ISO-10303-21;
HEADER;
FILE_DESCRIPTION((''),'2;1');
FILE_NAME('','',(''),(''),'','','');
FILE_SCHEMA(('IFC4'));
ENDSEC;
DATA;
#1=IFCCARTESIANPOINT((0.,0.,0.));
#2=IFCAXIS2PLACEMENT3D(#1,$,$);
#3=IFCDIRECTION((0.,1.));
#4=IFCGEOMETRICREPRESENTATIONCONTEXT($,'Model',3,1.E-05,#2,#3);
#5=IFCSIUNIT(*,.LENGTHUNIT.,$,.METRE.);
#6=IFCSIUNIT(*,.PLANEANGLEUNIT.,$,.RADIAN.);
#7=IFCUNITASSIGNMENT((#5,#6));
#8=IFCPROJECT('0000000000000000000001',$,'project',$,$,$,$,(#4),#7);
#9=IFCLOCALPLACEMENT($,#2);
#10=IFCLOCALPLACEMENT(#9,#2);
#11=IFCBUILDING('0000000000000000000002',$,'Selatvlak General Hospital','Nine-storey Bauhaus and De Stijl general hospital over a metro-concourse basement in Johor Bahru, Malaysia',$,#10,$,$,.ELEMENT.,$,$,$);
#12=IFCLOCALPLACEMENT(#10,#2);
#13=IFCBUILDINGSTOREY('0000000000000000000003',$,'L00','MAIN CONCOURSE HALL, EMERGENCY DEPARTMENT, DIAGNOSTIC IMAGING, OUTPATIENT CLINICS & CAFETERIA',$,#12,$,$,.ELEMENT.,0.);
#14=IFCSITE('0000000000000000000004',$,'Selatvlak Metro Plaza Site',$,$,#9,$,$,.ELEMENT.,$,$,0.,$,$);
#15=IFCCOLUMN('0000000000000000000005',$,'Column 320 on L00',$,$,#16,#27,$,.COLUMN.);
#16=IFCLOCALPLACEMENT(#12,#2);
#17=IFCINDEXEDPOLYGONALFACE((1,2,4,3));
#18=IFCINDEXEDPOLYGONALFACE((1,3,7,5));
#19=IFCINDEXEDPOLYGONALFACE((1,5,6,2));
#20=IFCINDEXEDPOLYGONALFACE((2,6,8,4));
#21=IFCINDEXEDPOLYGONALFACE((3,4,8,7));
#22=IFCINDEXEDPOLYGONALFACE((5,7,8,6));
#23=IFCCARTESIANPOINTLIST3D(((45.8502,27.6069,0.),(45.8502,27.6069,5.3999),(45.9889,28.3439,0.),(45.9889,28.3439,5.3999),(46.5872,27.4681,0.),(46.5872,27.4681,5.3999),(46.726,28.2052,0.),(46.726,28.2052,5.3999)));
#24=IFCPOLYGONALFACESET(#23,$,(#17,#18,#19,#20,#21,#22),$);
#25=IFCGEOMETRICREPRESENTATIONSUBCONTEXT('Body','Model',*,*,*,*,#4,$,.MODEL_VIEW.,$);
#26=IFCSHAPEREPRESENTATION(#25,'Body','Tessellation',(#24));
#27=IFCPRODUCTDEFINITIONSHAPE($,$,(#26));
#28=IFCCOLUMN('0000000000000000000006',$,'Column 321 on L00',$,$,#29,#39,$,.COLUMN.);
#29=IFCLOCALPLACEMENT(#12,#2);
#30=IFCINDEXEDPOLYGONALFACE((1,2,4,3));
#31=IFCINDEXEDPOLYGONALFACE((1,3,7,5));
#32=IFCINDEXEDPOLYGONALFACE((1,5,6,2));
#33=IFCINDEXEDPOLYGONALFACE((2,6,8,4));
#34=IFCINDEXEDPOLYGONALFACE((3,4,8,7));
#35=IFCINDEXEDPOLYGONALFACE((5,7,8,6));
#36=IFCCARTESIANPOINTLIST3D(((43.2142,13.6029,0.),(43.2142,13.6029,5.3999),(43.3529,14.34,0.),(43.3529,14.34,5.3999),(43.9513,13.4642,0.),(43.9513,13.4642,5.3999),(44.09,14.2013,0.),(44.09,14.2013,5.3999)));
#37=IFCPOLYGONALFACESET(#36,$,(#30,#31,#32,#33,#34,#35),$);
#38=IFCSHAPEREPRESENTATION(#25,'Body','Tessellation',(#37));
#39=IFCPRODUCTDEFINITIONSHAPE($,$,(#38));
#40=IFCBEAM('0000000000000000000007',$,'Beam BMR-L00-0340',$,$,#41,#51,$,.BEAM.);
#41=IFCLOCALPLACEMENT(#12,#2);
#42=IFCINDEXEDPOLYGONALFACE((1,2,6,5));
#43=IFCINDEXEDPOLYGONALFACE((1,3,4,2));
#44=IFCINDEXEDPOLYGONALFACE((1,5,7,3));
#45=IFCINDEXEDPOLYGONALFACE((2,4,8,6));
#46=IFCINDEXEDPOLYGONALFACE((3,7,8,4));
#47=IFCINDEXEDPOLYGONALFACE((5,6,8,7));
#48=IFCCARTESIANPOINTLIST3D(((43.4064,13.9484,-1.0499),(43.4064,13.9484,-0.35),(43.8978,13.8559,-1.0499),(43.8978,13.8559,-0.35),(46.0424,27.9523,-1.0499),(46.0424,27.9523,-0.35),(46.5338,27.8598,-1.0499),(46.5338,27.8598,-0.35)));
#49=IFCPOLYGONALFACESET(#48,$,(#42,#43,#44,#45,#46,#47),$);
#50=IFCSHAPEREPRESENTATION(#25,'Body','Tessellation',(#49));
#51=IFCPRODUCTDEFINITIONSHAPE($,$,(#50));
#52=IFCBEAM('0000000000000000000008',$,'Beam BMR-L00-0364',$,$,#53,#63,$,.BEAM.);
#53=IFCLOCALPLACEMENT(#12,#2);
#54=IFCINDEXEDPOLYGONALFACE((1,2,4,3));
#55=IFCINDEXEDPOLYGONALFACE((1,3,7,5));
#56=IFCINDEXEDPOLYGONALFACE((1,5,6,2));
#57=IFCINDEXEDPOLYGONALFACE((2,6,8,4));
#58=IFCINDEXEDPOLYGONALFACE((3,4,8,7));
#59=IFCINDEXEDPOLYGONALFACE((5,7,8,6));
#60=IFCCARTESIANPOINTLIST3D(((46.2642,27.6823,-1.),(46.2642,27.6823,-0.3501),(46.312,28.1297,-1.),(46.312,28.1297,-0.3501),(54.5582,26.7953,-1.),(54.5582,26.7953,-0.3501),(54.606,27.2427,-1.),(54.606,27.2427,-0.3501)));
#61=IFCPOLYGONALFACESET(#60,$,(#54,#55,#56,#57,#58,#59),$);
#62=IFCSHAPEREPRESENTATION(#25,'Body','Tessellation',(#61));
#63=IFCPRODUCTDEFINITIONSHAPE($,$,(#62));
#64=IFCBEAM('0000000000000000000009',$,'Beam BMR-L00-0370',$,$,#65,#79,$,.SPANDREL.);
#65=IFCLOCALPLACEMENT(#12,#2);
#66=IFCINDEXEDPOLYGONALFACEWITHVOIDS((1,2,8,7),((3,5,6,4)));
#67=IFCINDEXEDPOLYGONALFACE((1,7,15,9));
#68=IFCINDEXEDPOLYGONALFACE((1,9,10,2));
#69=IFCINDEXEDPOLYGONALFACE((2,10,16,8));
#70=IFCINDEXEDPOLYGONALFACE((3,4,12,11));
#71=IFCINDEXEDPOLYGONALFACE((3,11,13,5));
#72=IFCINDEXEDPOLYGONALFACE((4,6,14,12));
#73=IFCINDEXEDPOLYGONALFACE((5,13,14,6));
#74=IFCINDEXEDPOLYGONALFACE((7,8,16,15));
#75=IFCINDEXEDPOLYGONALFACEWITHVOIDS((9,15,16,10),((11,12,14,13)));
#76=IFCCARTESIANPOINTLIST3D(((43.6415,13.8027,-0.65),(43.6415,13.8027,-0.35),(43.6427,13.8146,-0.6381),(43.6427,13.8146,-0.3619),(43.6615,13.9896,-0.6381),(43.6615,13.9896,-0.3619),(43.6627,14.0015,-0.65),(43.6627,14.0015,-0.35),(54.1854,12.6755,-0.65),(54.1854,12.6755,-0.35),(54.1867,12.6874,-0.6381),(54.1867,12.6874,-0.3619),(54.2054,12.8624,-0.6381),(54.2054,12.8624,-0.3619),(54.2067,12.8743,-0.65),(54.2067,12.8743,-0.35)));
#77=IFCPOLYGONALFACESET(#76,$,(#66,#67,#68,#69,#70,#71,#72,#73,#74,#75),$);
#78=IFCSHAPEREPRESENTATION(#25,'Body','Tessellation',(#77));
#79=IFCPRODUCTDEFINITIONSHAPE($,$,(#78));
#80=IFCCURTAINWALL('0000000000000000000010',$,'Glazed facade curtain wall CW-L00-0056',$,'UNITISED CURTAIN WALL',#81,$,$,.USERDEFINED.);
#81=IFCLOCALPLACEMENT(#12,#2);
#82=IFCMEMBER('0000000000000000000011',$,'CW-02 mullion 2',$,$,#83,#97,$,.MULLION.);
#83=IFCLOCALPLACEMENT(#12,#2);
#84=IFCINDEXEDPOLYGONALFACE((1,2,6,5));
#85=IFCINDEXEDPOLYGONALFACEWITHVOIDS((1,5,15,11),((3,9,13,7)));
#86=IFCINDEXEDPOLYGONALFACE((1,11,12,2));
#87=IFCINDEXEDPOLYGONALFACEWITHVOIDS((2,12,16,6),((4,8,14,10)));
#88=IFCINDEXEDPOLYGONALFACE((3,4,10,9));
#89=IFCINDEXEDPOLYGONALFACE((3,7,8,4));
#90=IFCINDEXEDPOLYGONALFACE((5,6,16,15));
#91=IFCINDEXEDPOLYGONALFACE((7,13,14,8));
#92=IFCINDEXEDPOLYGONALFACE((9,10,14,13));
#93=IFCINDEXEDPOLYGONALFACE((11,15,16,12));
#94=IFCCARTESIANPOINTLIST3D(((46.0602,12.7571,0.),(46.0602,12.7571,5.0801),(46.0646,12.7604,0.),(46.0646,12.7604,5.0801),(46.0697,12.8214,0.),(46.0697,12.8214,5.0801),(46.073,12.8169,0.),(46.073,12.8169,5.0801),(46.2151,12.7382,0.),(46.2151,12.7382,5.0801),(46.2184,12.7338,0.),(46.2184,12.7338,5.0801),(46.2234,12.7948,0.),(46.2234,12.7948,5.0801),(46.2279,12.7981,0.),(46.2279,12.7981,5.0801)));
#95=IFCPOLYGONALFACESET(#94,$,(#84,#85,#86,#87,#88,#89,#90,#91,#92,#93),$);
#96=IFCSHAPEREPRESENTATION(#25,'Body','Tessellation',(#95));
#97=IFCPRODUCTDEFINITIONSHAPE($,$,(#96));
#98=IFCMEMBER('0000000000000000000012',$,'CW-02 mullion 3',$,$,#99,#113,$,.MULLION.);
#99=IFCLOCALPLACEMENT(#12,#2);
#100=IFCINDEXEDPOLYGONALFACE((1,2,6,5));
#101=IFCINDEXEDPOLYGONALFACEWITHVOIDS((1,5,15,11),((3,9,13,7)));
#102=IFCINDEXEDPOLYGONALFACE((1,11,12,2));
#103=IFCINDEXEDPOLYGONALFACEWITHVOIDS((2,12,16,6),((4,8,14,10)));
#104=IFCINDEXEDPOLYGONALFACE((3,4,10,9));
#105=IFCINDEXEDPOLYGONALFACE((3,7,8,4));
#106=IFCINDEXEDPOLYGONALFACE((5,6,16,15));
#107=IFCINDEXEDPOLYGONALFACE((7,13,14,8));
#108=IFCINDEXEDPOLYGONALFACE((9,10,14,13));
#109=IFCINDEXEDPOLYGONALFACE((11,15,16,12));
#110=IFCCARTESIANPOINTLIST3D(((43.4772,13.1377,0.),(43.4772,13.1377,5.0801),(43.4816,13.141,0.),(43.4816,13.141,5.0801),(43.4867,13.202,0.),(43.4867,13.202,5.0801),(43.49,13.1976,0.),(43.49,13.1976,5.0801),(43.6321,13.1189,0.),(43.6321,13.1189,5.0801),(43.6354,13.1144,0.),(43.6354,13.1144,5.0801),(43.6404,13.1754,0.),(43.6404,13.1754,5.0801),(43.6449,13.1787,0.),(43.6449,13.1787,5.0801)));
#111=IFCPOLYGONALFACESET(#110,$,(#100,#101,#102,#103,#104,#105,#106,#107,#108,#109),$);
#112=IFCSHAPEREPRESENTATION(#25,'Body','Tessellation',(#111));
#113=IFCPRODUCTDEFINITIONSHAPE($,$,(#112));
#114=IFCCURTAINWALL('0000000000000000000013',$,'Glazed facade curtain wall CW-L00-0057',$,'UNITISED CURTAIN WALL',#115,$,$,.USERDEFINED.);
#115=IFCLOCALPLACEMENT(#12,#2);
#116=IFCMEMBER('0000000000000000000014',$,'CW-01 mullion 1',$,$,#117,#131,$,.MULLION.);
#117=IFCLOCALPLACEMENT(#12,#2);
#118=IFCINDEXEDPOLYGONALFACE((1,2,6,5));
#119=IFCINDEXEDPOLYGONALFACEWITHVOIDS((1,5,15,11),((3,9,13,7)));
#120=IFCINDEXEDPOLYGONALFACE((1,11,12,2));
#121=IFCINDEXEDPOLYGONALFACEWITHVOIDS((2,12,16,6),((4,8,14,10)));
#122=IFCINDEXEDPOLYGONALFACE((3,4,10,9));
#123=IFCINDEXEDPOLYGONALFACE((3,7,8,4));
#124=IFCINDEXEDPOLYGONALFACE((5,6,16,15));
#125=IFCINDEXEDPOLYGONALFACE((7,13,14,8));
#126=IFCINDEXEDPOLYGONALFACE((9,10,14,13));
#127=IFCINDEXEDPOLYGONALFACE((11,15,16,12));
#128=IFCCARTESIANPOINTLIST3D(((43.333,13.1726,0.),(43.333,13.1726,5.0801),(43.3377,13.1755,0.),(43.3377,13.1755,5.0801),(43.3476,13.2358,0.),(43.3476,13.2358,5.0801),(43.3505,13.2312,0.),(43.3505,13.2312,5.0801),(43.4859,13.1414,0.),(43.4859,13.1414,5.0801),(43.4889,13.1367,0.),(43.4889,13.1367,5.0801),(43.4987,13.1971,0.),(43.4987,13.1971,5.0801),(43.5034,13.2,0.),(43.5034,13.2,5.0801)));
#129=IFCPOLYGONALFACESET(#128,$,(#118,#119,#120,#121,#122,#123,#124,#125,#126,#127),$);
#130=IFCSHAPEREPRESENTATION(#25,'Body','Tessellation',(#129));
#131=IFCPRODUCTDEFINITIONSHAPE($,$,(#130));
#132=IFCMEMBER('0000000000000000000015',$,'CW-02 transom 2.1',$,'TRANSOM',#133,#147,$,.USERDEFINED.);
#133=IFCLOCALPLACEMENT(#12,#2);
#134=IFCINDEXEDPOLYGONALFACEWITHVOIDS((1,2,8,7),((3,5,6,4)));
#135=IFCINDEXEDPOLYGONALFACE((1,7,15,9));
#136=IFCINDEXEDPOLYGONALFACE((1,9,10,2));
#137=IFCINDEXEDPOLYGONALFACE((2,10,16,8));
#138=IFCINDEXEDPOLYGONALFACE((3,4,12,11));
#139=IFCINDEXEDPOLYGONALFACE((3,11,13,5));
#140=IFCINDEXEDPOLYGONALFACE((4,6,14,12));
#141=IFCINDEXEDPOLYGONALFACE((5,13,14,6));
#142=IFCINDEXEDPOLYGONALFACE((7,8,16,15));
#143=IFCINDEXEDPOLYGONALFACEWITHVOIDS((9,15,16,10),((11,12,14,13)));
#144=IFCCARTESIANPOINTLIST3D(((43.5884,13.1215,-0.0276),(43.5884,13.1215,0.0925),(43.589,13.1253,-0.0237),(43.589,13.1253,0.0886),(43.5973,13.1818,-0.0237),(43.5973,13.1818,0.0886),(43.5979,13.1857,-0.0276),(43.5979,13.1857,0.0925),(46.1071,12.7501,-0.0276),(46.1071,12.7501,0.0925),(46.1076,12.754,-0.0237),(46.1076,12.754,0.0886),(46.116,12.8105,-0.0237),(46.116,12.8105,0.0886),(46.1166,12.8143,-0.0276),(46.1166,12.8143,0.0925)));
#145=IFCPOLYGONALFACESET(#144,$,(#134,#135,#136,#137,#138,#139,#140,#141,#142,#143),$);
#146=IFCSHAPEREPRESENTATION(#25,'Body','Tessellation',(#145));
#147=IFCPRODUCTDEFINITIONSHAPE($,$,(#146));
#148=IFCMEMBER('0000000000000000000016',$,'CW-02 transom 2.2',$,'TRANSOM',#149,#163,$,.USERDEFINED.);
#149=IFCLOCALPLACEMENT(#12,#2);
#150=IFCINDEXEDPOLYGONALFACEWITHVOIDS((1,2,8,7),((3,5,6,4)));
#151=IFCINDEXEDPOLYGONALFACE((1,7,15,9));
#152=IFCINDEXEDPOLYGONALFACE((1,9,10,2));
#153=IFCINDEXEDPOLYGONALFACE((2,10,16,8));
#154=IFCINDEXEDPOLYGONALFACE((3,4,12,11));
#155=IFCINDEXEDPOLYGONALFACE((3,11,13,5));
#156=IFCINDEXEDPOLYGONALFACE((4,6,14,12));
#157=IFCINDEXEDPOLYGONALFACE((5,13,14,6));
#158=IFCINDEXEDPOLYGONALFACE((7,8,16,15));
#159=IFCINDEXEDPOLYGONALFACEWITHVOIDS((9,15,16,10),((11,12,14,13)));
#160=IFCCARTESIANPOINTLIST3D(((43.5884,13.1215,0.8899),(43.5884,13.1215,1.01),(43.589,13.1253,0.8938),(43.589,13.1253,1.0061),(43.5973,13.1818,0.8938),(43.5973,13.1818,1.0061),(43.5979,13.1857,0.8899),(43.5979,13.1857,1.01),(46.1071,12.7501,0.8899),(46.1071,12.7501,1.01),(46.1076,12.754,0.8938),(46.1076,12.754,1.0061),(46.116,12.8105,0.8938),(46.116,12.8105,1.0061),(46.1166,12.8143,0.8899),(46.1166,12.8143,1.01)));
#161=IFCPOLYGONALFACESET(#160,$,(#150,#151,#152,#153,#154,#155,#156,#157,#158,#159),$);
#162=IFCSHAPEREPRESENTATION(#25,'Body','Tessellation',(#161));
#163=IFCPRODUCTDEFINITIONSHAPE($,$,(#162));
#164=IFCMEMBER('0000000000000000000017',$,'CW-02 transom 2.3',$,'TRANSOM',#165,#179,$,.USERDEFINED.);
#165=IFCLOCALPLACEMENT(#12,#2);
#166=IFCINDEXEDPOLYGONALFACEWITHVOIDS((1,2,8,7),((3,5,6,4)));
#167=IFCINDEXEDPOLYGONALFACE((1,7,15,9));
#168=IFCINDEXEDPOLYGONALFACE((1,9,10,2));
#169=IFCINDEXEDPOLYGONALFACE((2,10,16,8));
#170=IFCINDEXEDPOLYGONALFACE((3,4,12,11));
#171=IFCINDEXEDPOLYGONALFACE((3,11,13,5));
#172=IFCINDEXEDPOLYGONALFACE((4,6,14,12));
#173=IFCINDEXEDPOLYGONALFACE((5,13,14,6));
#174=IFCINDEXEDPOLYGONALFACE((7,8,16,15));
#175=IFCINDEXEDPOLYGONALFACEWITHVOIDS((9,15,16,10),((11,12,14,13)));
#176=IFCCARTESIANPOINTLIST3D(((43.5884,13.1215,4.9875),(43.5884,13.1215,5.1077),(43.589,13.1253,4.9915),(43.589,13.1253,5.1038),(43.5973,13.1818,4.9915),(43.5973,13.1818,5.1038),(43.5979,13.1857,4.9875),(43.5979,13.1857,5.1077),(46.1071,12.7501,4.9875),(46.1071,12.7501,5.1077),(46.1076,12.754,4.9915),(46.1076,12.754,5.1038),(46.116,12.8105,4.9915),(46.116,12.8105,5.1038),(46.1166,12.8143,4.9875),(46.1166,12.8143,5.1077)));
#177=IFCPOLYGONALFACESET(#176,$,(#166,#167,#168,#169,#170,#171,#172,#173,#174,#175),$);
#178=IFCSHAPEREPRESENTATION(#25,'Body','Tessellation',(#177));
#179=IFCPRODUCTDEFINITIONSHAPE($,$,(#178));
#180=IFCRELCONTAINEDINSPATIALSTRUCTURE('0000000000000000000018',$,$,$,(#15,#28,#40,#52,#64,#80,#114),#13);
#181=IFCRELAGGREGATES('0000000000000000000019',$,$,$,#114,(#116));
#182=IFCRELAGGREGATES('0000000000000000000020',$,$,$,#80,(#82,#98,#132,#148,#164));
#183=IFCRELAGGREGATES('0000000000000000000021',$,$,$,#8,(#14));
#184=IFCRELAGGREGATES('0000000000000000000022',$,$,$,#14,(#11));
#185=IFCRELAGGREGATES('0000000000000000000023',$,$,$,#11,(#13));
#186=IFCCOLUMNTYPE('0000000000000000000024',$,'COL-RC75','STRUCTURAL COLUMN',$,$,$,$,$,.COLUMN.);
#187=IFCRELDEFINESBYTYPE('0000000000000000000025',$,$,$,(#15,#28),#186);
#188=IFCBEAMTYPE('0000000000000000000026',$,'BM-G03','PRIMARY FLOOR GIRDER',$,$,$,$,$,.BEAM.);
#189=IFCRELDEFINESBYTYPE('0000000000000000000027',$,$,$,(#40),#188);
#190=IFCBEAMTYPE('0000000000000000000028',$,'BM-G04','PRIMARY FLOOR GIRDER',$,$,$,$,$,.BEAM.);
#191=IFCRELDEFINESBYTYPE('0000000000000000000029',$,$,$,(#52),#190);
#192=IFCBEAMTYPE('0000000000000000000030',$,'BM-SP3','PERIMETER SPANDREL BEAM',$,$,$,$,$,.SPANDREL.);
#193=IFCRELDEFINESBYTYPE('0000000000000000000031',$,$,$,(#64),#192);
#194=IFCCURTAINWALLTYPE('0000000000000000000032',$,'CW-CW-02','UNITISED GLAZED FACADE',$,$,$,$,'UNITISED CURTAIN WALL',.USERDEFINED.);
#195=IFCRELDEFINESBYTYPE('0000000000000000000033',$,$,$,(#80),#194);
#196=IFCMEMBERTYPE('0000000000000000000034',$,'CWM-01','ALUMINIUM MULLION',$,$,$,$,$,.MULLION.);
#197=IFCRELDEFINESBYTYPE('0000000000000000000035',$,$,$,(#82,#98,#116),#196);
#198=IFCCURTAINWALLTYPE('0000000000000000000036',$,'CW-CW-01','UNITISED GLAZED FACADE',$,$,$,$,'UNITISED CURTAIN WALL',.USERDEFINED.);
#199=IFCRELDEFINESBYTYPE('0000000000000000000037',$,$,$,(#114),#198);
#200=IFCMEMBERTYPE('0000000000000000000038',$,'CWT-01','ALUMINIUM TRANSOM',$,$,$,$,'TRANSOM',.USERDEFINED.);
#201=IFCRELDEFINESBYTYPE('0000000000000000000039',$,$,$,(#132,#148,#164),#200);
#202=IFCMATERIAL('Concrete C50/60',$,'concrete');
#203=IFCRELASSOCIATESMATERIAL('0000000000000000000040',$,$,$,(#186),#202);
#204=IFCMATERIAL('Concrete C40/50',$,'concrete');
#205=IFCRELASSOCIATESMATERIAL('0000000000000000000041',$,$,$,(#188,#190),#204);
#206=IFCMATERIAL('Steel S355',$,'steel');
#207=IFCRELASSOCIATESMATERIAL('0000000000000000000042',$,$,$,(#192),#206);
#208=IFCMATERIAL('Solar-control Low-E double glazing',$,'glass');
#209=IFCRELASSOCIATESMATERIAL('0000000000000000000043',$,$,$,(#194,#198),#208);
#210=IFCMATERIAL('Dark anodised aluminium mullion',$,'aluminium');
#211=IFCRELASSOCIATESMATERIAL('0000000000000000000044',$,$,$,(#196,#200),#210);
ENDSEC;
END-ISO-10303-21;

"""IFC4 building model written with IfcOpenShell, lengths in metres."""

from ifc_helpers import new_model, si_unit, direction, frame, origin, origin_2d, place, context, subcontext, project, spatial, rectangle, hollow_rectangle, extrude, material, material_profile, profile_set, type_object, element, aggregate, save


model = new_model("IFC4")

# Units and contexts
model_context = context("Model", 3, precision=1e-05, world=origin(), true_north=direction((0.0, 1.0)))
body_context = subcontext(model_context, "Body", "Model", "MODEL_VIEW")
ifc_project = project(units=[si_unit("LENGTHUNIT", "METRE"), si_unit("PLANEANGLEUNIT", "RADIAN")], contexts=[model_context])

# Site, building, storey
site_placement = place(None, origin())
site = spatial("IfcSite", under=ifc_project, at=site_placement, Name="Selatvlak Metro Plaza Site", CompositionType="ELEMENT", RefElevation=0.0)
building_placement = place(site_placement, origin())
building = spatial("IfcBuilding", under=site, at=building_placement, Name="Selatvlak General Hospital", Description="Nine-storey Bauhaus and De Stijl general hospital over a metro-concourse basement in Johor Bahru, Malaysia", CompositionType="ELEMENT")
storey_placement = place(building_placement, origin())
storey = spatial("IfcBuildingStorey", under=building, at=storey_placement, Name="L00", Description="MAIN CONCOURSE HALL, EMERGENCY DEPARTMENT, DIAGNOSTIC IMAGING, OUTPATIENT CLINICS & CAFETERIA", CompositionType="ELEMENT", Elevation=0.0)

# Columns
ifc_material_1 = material(Name="Concrete C50/60", Category="concrete")
ifc_material_profile_1 = material_profile(ifc_material_1, rectangle(XDim=0.75, YDim=0.75, at=origin_2d()), Name="RC-COL 750x750")
ifc_profile_set_1 = profile_set([ifc_material_profile_1], Name="Concrete C50/60")
column_type = type_object("IfcColumnType", Name="COL-RC75", Description="STRUCTURAL COLUMN", PredefinedType="COLUMN", material=ifc_profile_set_1)
for number, where, z_axis, x_axis, name in (
    (1, (46.2881, 27.906, 0.0), (0.0, 0.0, 1.0), (0.184998, 0.982739, 0.0), "Column 320 on L00"),
    (2, (43.6521, 13.9021, 0.0), (0.0, 0.0, 1.0), (0.184998, 0.982739, 0.0), "Column 321 on L00"),
):
    element("IfcColumn", number, at=place(storey_placement, frame(where, z_axis=z_axis, x_axis=x_axis)), inside=storey, type_object=column_type, Name=name, PredefinedType="COLUMN", context=body_context, shape_type="SweptSolid", body=[
        extrude(rectangle(XDim=0.75, YDim=0.75, at=origin_2d()), origin(), (0.0, 0.0, 1.0), 5.3999),
    ])

# Beams
ifc_material_2 = material(Name="Concrete C40/50", Category="concrete")
ifc_material_profile_2 = material_profile(ifc_material_2, rectangle(XDim=0.5, YDim=0.7, at=origin_2d()), Name="RC-BM 500x700")
ifc_profile_set_2 = profile_set([ifc_material_profile_2], Name="Concrete C40/50")
beam_type_1 = type_object("IfcBeamType", Name="BM-G03", Description="PRIMARY FLOOR GIRDER", PredefinedType="BEAM", material=ifc_profile_set_2)
beam_1_placement = place(storey_placement, frame((46.2881, 27.906, -0.7), z_axis=(-0.184984, -0.982742, 0.0), x_axis=(0.982742, -0.184984, 0.0)))
element("IfcBeam", 3, at=beam_1_placement, inside=storey, type_object=beam_type_1, Name="Beam BMR-L00-0340", PredefinedType="BEAM", context=body_context, shape_type="SweptSolid", body=[
    extrude(rectangle(XDim=0.5, YDim=0.7, at=origin_2d()), origin(), (0.0, 0.0, 1.0), 14.2498),
])
ifc_material_profile_3 = material_profile(ifc_material_2, rectangle(XDim=0.45, YDim=0.6499, at=origin_2d()), Name="RC-BM 450x650")
ifc_profile_set_3 = profile_set([ifc_material_profile_3], Name="Concrete C40/50")
beam_type_2 = type_object("IfcBeamType", Name="BM-G04", Description="PRIMARY FLOOR GIRDER", PredefinedType="BEAM", material=ifc_profile_set_3)
beam_2_placement = place(storey_placement, frame((46.2881, 27.906, -0.675), z_axis=(0.99433, -0.106335, 0.0), x_axis=(0.106335, 0.99433, 0.0)))
element("IfcBeam", 4, at=beam_2_placement, inside=storey, type_object=beam_type_2, Name="Beam BMR-L00-0364", PredefinedType="BEAM", context=body_context, shape_type="SweptSolid", body=[
    extrude(rectangle(XDim=0.45, YDim=0.6499, at=origin_2d()), origin(), (0.0, 0.0, 1.0), 8.3413),
])
ifc_material_3 = material(Name="Steel S355", Category="steel")
ifc_material_profile_4 = material_profile(ifc_material_3, hollow_rectangle(XDim=0.2, YDim=0.3, WallThickness=0.012, at=origin_2d()), Name="RHS 300x200x12")
ifc_profile_set_4 = profile_set([ifc_material_profile_4], Name="Steel S355")
beam_type_3 = type_object("IfcBeamType", Name="BM-SP3", Description="PERIMETER SPANDREL BEAM", PredefinedType="SPANDREL", material=ifc_profile_set_4)
beam_3_placement = place(storey_placement, frame((43.6521, 13.9021, -0.5), z_axis=(0.994334, -0.106299, 0.0), x_axis=(0.106299, 0.994334, 0.0)))
element("IfcBeam", 5, at=beam_3_placement, inside=storey, type_object=beam_type_3, Name="Beam BMR-L00-0370", PredefinedType="SPANDREL", context=body_context, shape_type="SweptSolid", body=[
    extrude(hollow_rectangle(XDim=0.2, YDim=0.3, WallThickness=0.012, at=origin_2d()), origin(), (0.0, 0.0, 1.0), 10.604),
])

# Curtain wall, members
ifc_material_4 = material(Name="Solar-control Low-E double glazing", Category="glass")
curtain_wall_type_1 = type_object("IfcCurtainWallType", Name="CW-CW-02", Description="UNITISED GLAZED FACADE", ElementType="UNITISED CURTAIN WALL", PredefinedType="USERDEFINED", material=ifc_material_4)
curtain_wall_1_placement = place(storey_placement, origin())
curtain_wall_1 = element("IfcCurtainWall", 6, at=curtain_wall_1_placement, inside=storey, type_object=curtain_wall_type_1, Name="Glazed facade curtain wall CW-L00-0056", ObjectType="UNITISED CURTAIN WALL", PredefinedType="USERDEFINED")
ifc_material_5 = material(Name="Dark anodised aluminium mullion", Category="aluminium")
ifc_material_profile_5 = material_profile(ifc_material_5, hollow_rectangle(XDim=0.0649, YDim=0.1599, WallThickness=0.0039, at=origin_2d()), Name="AL-MUL 65x160x4")
ifc_profile_set_5 = profile_set([ifc_material_profile_5], Name="Dark anodised aluminium mullion")
member_type_1 = type_object("IfcMemberType", Name="CWM-01", Description="ALUMINIUM MULLION", PredefinedType="MULLION", material=ifc_profile_set_5)
member_1_placement = place(storey_placement, frame((46.144, 12.7776, 0.0), z_axis=(0.0, 0.0, 1.0), x_axis=(-0.145843, -0.989308, 0.0)))
member_1 = element("IfcMember", 7, at=member_1_placement, type_object=member_type_1, Name="CW-02 mullion 2", PredefinedType="MULLION", context=body_context, shape_type="SweptSolid", body=[
    extrude(hollow_rectangle(XDim=0.0649, YDim=0.1599, WallThickness=0.0039, at=origin_2d()), origin(), (0.0, 0.0, 1.0), 5.0801),
])
member_2_placement = place(storey_placement, frame((43.561, 13.1582, 0.0), z_axis=(0.0, 0.0, 1.0), x_axis=(-0.145843, -0.989308, 0.0)))
member_2 = element("IfcMember", 8, at=member_2_placement, type_object=member_type_1, Name="CW-02 mullion 3", PredefinedType="MULLION", context=body_context, shape_type="SweptSolid", body=[
    extrude(hollow_rectangle(XDim=0.0649, YDim=0.1599, WallThickness=0.0039, at=origin_2d()), origin(), (0.0, 0.0, 1.0), 5.0801),
])

# Curtain wall, member
curtain_wall_type_2 = type_object("IfcCurtainWallType", Name="CW-CW-01", Description="UNITISED GLAZED FACADE", ElementType="UNITISED CURTAIN WALL", PredefinedType="USERDEFINED", material=ifc_material_4)
curtain_wall_2_placement = place(storey_placement, origin())
curtain_wall_2 = element("IfcCurtainWall", 9, at=curtain_wall_2_placement, inside=storey, type_object=curtain_wall_type_2, Name="Glazed facade curtain wall CW-L00-0057", ObjectType="UNITISED CURTAIN WALL", PredefinedType="USERDEFINED")
member_3_placement = place(storey_placement, frame((43.4182, 13.1863, 0.0), z_axis=(0.0, 0.0, 1.0), x_axis=(-0.224155, -0.974554, 0.0)))
member_3 = element("IfcMember", 10, at=member_3_placement, type_object=member_type_1, Name="CW-01 mullion 1", PredefinedType="MULLION", context=body_context, shape_type="SweptSolid", body=[
    extrude(hollow_rectangle(XDim=0.0649, YDim=0.1599, WallThickness=0.0039, at=origin_2d()), origin(), (0.0, 0.0, 1.0), 5.0801),
])

# Members
ifc_material_profile_6 = material_profile(ifc_material_5, hollow_rectangle(XDim=0.0649, YDim=0.1201, WallThickness=0.0039, at=origin_2d()), Name="AL-TRN 65x120x4")
ifc_profile_set_6 = profile_set([ifc_material_profile_6], Name="Dark anodised aluminium mullion")
member_type_2 = type_object("IfcMemberType", Name="CWT-01", Description="ALUMINIUM TRANSOM", ElementType="TRANSOM", PredefinedType="USERDEFINED", material=ifc_profile_set_6)
member_4_placement = place(storey_placement, frame((46.1118, 12.7822, 0.0325), z_axis=(-0.989305, 0.145864, 0.0), x_axis=(-0.145864, -0.989305, 0.0)))
member_4 = element("IfcMember", 11, at=member_4_placement, type_object=member_type_2, Name="CW-02 transom 2.1", ObjectType="TRANSOM", PredefinedType="USERDEFINED", context=body_context, shape_type="SweptSolid", body=[
    extrude(hollow_rectangle(XDim=0.0649, YDim=0.1201, WallThickness=0.0039, at=origin_2d()), origin(), (0.0, 0.0, 1.0), 2.5459),
])
member_5_placement = place(storey_placement, frame((46.1118, 12.7822, 0.95), z_axis=(-0.989305, 0.145864, 0.0), x_axis=(-0.145864, -0.989305, 0.0)))
member_5 = element("IfcMember", 12, at=member_5_placement, type_object=member_type_2, Name="CW-02 transom 2.2", ObjectType="TRANSOM", PredefinedType="USERDEFINED", context=body_context, shape_type="SweptSolid", body=[
    extrude(hollow_rectangle(XDim=0.0649, YDim=0.1201, WallThickness=0.0039, at=origin_2d()), origin(), (0.0, 0.0, 1.0), 2.5459),
])
member_6_placement = place(storey_placement, frame((46.1118, 12.7822, 5.0476), z_axis=(-0.989305, 0.145864, 0.0), x_axis=(-0.145864, -0.989305, 0.0)))
member_6 = element("IfcMember", 13, at=member_6_placement, type_object=member_type_2, Name="CW-02 transom 2.3", ObjectType="TRANSOM", PredefinedType="USERDEFINED", context=body_context, shape_type="SweptSolid", body=[
    extrude(hollow_rectangle(XDim=0.0649, YDim=0.1201, WallThickness=0.0039, at=origin_2d()), origin(), (0.0, 0.0, 1.0), 2.5459),
])
aggregate(curtain_wall_2, [member_3])

aggregate(curtain_wall_1, [member_1, member_2, member_4, member_5, member_6])

save(model, "model.ifc")
